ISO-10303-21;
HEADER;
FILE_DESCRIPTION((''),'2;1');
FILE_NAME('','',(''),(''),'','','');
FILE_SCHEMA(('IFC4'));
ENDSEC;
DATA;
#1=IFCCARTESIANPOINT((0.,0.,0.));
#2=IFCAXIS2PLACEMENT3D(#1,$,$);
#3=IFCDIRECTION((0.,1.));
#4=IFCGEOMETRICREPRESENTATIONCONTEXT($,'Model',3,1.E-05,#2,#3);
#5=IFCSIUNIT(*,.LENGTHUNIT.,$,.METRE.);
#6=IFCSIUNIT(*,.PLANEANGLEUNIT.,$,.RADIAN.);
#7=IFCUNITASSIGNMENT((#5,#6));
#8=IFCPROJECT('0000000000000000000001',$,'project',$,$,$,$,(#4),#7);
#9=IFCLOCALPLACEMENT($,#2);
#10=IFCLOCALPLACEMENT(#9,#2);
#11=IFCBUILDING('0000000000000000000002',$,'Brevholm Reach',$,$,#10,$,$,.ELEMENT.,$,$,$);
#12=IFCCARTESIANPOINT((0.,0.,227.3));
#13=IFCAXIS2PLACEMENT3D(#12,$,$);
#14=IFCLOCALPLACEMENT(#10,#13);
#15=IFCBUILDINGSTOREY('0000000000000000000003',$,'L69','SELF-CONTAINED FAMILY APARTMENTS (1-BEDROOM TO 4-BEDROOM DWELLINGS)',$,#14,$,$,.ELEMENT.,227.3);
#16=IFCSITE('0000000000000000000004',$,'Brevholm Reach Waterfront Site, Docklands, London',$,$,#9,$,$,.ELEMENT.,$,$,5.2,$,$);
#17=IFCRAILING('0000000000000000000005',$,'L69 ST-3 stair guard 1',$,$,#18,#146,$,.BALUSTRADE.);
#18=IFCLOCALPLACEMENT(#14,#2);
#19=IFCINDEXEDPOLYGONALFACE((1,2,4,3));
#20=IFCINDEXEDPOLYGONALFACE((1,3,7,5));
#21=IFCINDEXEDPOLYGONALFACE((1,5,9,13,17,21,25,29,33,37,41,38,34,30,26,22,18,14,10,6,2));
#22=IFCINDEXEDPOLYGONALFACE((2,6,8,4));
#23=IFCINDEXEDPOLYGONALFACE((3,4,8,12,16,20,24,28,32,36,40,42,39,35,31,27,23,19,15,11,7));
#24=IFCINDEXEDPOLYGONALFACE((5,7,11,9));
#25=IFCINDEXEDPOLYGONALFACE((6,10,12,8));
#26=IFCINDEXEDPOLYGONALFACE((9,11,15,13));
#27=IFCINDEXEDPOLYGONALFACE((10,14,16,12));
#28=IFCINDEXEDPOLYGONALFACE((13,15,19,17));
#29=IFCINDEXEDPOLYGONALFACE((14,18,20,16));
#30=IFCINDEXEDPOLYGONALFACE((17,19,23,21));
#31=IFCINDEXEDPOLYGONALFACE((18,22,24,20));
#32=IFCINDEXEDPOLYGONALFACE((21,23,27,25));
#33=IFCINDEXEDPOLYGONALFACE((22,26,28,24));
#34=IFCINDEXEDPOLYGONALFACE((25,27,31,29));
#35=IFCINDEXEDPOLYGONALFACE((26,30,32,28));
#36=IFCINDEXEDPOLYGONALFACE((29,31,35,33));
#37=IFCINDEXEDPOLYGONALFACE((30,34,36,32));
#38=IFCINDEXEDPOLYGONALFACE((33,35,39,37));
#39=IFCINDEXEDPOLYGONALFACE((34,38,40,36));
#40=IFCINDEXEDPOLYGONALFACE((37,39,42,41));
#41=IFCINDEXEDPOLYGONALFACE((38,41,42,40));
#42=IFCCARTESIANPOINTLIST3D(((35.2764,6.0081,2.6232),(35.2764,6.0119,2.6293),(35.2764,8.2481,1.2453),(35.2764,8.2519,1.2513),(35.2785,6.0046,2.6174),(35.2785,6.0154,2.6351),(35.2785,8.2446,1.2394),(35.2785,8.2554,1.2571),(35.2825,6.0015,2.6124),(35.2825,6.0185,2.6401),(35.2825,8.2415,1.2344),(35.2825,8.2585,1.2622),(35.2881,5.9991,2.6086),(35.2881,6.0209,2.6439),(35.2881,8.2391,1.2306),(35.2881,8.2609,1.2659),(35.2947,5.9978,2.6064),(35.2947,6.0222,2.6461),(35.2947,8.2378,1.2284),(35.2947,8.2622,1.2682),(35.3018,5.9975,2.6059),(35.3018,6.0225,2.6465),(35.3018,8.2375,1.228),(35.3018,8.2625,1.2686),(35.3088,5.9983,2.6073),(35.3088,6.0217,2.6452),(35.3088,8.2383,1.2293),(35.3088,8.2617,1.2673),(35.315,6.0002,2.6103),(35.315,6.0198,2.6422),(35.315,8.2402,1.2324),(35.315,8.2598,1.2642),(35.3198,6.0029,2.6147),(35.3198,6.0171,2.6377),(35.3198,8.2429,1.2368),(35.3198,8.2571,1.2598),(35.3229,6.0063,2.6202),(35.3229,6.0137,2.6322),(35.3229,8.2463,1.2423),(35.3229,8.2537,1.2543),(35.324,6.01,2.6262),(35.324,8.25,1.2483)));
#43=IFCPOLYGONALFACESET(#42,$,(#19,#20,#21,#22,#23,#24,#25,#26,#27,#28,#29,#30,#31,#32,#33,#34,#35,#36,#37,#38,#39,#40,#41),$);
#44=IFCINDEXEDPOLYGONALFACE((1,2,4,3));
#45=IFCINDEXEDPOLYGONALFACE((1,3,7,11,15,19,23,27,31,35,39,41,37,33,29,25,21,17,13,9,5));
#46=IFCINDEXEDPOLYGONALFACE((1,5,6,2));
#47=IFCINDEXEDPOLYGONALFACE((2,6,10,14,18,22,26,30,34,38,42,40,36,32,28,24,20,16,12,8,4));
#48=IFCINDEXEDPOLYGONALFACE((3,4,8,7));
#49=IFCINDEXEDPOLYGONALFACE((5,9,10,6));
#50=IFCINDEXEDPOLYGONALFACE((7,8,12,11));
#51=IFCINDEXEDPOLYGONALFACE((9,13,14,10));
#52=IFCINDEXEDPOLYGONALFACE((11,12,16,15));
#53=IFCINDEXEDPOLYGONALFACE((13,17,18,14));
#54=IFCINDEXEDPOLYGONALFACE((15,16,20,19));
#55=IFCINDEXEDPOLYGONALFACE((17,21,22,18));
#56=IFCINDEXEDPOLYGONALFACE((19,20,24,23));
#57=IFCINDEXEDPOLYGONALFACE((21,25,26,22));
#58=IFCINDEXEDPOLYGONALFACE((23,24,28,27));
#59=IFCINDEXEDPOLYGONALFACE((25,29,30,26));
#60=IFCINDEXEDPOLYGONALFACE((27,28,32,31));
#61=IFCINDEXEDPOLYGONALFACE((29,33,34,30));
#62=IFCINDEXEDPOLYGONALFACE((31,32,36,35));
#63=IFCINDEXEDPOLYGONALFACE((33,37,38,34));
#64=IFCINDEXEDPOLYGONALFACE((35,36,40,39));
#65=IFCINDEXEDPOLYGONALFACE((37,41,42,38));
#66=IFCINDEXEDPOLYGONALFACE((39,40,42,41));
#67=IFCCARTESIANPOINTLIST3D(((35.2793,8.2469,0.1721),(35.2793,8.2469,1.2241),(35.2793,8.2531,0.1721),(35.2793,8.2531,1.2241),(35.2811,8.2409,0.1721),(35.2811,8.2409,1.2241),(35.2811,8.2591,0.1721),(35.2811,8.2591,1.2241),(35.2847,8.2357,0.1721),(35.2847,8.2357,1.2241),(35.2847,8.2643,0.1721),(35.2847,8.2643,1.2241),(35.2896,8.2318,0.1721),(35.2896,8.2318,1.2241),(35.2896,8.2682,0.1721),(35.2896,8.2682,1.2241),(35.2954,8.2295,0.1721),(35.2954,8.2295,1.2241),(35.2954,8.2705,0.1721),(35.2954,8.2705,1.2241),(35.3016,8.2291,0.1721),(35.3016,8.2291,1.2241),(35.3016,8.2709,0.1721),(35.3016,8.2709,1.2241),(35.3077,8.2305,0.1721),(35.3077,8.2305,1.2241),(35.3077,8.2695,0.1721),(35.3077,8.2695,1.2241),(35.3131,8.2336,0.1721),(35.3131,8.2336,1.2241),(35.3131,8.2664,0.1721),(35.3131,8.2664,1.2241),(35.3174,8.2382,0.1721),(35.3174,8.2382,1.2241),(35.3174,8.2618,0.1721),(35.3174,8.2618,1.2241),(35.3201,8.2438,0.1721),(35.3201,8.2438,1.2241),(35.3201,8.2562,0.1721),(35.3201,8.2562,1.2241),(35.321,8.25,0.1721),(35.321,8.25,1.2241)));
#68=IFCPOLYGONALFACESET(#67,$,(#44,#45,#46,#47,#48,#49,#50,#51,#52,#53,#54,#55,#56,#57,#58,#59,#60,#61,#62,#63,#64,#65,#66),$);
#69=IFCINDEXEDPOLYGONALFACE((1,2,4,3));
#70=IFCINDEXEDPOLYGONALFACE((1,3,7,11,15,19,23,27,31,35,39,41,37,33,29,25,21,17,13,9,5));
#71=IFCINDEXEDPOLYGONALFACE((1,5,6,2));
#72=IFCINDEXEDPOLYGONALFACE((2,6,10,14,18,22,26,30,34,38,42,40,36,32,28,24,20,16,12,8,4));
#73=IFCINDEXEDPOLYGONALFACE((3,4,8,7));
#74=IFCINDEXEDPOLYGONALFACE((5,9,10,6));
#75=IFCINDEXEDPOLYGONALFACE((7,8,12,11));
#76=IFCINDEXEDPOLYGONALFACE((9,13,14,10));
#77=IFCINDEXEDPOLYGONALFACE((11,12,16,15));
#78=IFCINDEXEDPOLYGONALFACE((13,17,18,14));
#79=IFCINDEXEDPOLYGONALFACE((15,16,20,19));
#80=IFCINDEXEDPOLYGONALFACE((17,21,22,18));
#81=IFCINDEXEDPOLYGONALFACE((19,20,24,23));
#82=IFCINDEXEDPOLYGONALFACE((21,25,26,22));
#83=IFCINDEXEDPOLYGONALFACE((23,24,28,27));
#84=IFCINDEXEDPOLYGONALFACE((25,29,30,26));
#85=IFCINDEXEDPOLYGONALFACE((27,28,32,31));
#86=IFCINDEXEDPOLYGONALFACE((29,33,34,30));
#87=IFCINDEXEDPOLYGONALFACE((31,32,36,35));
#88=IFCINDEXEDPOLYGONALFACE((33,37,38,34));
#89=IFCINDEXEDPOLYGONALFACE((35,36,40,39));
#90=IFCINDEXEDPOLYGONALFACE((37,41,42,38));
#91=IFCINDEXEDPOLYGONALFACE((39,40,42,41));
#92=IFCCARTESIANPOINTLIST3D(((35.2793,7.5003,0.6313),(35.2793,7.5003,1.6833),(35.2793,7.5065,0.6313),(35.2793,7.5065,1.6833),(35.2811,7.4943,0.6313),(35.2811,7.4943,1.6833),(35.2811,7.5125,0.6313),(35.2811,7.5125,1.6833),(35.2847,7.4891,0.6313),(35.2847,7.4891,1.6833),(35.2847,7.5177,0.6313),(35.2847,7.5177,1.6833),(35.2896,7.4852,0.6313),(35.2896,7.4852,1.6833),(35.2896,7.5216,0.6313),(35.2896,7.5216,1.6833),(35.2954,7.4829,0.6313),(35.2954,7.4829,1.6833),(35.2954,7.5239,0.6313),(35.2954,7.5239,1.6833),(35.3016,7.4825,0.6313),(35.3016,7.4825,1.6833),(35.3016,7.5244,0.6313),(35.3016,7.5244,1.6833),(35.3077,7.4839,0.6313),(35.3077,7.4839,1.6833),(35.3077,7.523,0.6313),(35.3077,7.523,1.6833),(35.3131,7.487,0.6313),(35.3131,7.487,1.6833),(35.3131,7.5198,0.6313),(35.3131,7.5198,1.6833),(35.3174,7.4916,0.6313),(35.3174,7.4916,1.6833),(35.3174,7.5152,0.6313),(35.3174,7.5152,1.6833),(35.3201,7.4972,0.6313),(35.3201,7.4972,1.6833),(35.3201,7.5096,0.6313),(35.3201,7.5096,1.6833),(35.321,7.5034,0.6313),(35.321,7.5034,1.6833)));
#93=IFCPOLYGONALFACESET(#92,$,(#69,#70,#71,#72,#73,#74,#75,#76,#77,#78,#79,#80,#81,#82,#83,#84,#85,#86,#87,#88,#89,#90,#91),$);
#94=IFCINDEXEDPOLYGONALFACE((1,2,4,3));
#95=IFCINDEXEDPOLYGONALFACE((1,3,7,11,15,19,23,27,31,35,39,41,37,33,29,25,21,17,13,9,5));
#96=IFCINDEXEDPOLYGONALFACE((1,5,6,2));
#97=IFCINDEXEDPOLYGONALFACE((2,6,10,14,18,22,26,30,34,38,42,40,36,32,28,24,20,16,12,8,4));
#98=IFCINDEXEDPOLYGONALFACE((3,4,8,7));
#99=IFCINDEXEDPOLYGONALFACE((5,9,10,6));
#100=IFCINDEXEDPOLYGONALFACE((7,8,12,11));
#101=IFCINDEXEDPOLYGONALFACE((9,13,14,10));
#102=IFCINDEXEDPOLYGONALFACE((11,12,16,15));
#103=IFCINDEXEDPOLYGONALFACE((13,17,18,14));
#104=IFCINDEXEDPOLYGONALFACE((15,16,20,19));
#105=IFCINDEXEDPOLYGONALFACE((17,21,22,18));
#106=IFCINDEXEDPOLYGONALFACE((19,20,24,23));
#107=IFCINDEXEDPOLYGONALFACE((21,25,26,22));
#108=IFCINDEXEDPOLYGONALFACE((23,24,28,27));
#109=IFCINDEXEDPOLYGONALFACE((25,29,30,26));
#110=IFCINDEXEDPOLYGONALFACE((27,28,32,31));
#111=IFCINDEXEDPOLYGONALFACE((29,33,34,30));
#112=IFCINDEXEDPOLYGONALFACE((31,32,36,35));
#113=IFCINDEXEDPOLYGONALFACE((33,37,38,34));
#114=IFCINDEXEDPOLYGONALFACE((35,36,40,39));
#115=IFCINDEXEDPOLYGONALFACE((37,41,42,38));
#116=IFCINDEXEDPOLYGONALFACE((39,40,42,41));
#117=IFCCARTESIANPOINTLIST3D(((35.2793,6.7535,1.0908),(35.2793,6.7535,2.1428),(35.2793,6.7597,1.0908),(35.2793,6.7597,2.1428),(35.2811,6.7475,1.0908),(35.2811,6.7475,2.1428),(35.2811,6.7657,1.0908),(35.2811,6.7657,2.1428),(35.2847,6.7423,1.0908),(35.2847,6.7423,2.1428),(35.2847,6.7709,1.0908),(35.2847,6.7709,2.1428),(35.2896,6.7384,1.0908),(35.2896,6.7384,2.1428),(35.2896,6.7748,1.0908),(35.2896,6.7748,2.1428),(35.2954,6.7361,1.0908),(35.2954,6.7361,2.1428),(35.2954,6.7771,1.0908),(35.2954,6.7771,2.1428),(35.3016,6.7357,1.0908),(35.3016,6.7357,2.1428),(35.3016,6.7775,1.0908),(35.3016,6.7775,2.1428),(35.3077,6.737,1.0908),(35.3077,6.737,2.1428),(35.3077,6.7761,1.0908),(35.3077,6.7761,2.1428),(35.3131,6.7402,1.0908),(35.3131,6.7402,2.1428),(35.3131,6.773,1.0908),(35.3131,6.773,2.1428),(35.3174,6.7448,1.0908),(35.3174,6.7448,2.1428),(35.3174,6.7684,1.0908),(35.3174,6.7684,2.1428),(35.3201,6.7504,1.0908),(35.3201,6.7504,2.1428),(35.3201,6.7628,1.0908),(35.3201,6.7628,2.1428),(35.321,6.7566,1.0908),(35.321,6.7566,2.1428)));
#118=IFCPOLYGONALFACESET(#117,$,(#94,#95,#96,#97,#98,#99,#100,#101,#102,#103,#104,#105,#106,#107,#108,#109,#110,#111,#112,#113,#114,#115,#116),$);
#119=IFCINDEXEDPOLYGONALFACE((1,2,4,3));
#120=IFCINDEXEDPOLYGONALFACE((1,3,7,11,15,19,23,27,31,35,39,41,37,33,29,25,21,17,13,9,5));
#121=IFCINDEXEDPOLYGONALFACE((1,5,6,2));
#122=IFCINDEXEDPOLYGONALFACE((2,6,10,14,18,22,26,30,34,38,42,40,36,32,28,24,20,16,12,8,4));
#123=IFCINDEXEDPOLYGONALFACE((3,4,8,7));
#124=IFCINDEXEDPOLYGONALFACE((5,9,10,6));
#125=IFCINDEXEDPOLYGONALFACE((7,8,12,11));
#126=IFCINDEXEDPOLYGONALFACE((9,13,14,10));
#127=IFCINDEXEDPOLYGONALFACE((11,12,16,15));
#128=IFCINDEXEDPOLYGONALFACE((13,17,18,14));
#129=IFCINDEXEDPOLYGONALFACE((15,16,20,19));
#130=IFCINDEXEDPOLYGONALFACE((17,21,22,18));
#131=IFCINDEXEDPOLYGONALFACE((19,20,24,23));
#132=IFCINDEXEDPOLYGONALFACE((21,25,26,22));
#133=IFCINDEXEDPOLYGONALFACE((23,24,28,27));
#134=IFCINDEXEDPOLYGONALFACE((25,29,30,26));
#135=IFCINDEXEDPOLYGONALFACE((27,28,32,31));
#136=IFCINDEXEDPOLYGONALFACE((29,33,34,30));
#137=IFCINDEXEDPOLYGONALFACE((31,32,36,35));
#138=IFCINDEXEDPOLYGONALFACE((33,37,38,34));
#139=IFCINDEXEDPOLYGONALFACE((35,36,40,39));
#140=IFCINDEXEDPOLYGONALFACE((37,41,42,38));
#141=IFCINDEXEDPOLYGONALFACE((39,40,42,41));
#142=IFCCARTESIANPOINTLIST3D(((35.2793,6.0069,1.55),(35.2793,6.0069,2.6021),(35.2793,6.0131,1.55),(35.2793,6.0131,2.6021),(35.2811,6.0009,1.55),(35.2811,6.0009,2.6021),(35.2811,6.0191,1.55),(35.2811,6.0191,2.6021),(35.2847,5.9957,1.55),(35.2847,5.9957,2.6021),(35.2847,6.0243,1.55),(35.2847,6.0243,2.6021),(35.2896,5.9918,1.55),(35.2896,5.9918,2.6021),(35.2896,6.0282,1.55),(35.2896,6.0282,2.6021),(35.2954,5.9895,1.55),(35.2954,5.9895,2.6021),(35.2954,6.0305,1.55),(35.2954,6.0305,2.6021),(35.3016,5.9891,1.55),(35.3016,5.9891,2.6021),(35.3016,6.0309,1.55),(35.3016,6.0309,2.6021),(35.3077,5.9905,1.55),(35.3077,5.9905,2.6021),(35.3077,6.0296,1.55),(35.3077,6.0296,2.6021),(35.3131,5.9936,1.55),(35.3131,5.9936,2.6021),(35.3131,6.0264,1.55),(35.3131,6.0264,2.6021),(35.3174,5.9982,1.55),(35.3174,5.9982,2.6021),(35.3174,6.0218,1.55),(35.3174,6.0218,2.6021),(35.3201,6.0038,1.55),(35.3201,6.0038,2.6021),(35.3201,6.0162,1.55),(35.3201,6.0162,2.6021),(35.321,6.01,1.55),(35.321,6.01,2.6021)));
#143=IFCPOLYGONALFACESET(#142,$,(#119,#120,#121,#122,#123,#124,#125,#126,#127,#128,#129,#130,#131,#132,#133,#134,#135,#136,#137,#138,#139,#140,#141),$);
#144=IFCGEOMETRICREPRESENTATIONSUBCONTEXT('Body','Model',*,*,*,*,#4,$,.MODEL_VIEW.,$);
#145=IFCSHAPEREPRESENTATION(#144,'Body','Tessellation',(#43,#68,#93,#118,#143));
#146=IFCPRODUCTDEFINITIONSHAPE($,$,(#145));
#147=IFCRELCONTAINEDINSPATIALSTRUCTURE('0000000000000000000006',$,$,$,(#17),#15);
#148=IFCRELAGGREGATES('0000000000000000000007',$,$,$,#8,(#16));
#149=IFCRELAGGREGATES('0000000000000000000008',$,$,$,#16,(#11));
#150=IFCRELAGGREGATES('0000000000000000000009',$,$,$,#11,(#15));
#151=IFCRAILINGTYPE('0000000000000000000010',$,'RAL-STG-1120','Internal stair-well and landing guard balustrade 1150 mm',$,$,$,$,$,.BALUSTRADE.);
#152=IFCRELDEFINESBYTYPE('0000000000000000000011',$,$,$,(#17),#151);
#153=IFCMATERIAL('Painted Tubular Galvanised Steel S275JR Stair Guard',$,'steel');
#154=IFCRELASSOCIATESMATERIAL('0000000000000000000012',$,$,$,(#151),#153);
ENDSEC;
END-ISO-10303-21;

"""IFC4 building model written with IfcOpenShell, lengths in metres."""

from ifc_helpers import new_model, si_unit, direction, frame, origin, origin_2d, place, context, subcontext, project, spatial, circle, extrude, material, type_object, element, save


model = new_model("IFC4")

# Units and contexts
model_context = context("Model", 3, precision=1e-05, world=origin(), true_north=direction((0.0, 1.0)))
body_context = subcontext(model_context, "Body", "Model", "MODEL_VIEW")
ifc_project = project(units=[si_unit("LENGTHUNIT", "METRE"), si_unit("PLANEANGLEUNIT", "RADIAN")], contexts=[model_context])

# Site, building, storey
site_placement = place(None, origin())
site = spatial("IfcSite", under=ifc_project, at=site_placement, Name="Brevholm Reach Waterfront Site, Docklands, London", CompositionType="ELEMENT", RefElevation=5.2)
building_placement = place(site_placement, origin())
building = spatial("IfcBuilding", under=site, at=building_placement, Name="Brevholm Reach", CompositionType="ELEMENT")
storey_placement = place(building_placement, frame((0.0, 0.0, 227.3)))
storey = spatial("IfcBuildingStorey", under=building, at=storey_placement, Name="L69", Description="SELF-CONTAINED FAMILY APARTMENTS (1-BEDROOM TO 4-BEDROOM DWELLINGS)", CompositionType="ELEMENT", Elevation=227.3)

# Railing
ifc_material_1 = material(Name="Painted Tubular Galvanised Steel S275JR Stair Guard", Category="steel")
railing_type_1 = type_object("IfcRailingType", Name="RAL-STG-1120", Description="Internal stair-well and landing guard balustrade 1150 mm", PredefinedType="BALUSTRADE", material=ifc_material_1)
railing_1_placement = place(storey_placement, frame((35.3, 8.25, 0.1721)))
element("IfcRailing", 1, at=railing_1_placement, inside=storey, type_object=railing_type_1, Name="L69 ST-3 stair guard 1", PredefinedType="BALUSTRADE", context=body_context, shape_type="SweptSolid", body=[
    extrude(circle(Radius=0.0239, at=origin_2d()), frame((0.0, 0.0, 1.0762), z_axis=(0.0, -0.851748, 0.523952), x_axis=(1.0, 0.0, 0.0)), (0.0, 0.0, 1.0), 2.6299),
    extrude(circle(Radius=0.021, at=origin_2d()), origin(), (0.0, 0.0, 1.0), 1.052),
    extrude(circle(Radius=0.021, at=origin_2d()), frame((0.0, -0.7466, 0.4592)), (0.0, 0.0, 1.0), 1.052),
    extrude(circle(Radius=0.021, at=origin_2d()), frame((0.0, -1.4934, 0.9187)), (0.0, 0.0, 1.0), 1.052),
    extrude(circle(Radius=0.021, at=origin_2d()), frame((0.0, -2.24, 1.3779)), (0.0, 0.0, 1.0), 1.052),
])

save(model, "model.ifc")
